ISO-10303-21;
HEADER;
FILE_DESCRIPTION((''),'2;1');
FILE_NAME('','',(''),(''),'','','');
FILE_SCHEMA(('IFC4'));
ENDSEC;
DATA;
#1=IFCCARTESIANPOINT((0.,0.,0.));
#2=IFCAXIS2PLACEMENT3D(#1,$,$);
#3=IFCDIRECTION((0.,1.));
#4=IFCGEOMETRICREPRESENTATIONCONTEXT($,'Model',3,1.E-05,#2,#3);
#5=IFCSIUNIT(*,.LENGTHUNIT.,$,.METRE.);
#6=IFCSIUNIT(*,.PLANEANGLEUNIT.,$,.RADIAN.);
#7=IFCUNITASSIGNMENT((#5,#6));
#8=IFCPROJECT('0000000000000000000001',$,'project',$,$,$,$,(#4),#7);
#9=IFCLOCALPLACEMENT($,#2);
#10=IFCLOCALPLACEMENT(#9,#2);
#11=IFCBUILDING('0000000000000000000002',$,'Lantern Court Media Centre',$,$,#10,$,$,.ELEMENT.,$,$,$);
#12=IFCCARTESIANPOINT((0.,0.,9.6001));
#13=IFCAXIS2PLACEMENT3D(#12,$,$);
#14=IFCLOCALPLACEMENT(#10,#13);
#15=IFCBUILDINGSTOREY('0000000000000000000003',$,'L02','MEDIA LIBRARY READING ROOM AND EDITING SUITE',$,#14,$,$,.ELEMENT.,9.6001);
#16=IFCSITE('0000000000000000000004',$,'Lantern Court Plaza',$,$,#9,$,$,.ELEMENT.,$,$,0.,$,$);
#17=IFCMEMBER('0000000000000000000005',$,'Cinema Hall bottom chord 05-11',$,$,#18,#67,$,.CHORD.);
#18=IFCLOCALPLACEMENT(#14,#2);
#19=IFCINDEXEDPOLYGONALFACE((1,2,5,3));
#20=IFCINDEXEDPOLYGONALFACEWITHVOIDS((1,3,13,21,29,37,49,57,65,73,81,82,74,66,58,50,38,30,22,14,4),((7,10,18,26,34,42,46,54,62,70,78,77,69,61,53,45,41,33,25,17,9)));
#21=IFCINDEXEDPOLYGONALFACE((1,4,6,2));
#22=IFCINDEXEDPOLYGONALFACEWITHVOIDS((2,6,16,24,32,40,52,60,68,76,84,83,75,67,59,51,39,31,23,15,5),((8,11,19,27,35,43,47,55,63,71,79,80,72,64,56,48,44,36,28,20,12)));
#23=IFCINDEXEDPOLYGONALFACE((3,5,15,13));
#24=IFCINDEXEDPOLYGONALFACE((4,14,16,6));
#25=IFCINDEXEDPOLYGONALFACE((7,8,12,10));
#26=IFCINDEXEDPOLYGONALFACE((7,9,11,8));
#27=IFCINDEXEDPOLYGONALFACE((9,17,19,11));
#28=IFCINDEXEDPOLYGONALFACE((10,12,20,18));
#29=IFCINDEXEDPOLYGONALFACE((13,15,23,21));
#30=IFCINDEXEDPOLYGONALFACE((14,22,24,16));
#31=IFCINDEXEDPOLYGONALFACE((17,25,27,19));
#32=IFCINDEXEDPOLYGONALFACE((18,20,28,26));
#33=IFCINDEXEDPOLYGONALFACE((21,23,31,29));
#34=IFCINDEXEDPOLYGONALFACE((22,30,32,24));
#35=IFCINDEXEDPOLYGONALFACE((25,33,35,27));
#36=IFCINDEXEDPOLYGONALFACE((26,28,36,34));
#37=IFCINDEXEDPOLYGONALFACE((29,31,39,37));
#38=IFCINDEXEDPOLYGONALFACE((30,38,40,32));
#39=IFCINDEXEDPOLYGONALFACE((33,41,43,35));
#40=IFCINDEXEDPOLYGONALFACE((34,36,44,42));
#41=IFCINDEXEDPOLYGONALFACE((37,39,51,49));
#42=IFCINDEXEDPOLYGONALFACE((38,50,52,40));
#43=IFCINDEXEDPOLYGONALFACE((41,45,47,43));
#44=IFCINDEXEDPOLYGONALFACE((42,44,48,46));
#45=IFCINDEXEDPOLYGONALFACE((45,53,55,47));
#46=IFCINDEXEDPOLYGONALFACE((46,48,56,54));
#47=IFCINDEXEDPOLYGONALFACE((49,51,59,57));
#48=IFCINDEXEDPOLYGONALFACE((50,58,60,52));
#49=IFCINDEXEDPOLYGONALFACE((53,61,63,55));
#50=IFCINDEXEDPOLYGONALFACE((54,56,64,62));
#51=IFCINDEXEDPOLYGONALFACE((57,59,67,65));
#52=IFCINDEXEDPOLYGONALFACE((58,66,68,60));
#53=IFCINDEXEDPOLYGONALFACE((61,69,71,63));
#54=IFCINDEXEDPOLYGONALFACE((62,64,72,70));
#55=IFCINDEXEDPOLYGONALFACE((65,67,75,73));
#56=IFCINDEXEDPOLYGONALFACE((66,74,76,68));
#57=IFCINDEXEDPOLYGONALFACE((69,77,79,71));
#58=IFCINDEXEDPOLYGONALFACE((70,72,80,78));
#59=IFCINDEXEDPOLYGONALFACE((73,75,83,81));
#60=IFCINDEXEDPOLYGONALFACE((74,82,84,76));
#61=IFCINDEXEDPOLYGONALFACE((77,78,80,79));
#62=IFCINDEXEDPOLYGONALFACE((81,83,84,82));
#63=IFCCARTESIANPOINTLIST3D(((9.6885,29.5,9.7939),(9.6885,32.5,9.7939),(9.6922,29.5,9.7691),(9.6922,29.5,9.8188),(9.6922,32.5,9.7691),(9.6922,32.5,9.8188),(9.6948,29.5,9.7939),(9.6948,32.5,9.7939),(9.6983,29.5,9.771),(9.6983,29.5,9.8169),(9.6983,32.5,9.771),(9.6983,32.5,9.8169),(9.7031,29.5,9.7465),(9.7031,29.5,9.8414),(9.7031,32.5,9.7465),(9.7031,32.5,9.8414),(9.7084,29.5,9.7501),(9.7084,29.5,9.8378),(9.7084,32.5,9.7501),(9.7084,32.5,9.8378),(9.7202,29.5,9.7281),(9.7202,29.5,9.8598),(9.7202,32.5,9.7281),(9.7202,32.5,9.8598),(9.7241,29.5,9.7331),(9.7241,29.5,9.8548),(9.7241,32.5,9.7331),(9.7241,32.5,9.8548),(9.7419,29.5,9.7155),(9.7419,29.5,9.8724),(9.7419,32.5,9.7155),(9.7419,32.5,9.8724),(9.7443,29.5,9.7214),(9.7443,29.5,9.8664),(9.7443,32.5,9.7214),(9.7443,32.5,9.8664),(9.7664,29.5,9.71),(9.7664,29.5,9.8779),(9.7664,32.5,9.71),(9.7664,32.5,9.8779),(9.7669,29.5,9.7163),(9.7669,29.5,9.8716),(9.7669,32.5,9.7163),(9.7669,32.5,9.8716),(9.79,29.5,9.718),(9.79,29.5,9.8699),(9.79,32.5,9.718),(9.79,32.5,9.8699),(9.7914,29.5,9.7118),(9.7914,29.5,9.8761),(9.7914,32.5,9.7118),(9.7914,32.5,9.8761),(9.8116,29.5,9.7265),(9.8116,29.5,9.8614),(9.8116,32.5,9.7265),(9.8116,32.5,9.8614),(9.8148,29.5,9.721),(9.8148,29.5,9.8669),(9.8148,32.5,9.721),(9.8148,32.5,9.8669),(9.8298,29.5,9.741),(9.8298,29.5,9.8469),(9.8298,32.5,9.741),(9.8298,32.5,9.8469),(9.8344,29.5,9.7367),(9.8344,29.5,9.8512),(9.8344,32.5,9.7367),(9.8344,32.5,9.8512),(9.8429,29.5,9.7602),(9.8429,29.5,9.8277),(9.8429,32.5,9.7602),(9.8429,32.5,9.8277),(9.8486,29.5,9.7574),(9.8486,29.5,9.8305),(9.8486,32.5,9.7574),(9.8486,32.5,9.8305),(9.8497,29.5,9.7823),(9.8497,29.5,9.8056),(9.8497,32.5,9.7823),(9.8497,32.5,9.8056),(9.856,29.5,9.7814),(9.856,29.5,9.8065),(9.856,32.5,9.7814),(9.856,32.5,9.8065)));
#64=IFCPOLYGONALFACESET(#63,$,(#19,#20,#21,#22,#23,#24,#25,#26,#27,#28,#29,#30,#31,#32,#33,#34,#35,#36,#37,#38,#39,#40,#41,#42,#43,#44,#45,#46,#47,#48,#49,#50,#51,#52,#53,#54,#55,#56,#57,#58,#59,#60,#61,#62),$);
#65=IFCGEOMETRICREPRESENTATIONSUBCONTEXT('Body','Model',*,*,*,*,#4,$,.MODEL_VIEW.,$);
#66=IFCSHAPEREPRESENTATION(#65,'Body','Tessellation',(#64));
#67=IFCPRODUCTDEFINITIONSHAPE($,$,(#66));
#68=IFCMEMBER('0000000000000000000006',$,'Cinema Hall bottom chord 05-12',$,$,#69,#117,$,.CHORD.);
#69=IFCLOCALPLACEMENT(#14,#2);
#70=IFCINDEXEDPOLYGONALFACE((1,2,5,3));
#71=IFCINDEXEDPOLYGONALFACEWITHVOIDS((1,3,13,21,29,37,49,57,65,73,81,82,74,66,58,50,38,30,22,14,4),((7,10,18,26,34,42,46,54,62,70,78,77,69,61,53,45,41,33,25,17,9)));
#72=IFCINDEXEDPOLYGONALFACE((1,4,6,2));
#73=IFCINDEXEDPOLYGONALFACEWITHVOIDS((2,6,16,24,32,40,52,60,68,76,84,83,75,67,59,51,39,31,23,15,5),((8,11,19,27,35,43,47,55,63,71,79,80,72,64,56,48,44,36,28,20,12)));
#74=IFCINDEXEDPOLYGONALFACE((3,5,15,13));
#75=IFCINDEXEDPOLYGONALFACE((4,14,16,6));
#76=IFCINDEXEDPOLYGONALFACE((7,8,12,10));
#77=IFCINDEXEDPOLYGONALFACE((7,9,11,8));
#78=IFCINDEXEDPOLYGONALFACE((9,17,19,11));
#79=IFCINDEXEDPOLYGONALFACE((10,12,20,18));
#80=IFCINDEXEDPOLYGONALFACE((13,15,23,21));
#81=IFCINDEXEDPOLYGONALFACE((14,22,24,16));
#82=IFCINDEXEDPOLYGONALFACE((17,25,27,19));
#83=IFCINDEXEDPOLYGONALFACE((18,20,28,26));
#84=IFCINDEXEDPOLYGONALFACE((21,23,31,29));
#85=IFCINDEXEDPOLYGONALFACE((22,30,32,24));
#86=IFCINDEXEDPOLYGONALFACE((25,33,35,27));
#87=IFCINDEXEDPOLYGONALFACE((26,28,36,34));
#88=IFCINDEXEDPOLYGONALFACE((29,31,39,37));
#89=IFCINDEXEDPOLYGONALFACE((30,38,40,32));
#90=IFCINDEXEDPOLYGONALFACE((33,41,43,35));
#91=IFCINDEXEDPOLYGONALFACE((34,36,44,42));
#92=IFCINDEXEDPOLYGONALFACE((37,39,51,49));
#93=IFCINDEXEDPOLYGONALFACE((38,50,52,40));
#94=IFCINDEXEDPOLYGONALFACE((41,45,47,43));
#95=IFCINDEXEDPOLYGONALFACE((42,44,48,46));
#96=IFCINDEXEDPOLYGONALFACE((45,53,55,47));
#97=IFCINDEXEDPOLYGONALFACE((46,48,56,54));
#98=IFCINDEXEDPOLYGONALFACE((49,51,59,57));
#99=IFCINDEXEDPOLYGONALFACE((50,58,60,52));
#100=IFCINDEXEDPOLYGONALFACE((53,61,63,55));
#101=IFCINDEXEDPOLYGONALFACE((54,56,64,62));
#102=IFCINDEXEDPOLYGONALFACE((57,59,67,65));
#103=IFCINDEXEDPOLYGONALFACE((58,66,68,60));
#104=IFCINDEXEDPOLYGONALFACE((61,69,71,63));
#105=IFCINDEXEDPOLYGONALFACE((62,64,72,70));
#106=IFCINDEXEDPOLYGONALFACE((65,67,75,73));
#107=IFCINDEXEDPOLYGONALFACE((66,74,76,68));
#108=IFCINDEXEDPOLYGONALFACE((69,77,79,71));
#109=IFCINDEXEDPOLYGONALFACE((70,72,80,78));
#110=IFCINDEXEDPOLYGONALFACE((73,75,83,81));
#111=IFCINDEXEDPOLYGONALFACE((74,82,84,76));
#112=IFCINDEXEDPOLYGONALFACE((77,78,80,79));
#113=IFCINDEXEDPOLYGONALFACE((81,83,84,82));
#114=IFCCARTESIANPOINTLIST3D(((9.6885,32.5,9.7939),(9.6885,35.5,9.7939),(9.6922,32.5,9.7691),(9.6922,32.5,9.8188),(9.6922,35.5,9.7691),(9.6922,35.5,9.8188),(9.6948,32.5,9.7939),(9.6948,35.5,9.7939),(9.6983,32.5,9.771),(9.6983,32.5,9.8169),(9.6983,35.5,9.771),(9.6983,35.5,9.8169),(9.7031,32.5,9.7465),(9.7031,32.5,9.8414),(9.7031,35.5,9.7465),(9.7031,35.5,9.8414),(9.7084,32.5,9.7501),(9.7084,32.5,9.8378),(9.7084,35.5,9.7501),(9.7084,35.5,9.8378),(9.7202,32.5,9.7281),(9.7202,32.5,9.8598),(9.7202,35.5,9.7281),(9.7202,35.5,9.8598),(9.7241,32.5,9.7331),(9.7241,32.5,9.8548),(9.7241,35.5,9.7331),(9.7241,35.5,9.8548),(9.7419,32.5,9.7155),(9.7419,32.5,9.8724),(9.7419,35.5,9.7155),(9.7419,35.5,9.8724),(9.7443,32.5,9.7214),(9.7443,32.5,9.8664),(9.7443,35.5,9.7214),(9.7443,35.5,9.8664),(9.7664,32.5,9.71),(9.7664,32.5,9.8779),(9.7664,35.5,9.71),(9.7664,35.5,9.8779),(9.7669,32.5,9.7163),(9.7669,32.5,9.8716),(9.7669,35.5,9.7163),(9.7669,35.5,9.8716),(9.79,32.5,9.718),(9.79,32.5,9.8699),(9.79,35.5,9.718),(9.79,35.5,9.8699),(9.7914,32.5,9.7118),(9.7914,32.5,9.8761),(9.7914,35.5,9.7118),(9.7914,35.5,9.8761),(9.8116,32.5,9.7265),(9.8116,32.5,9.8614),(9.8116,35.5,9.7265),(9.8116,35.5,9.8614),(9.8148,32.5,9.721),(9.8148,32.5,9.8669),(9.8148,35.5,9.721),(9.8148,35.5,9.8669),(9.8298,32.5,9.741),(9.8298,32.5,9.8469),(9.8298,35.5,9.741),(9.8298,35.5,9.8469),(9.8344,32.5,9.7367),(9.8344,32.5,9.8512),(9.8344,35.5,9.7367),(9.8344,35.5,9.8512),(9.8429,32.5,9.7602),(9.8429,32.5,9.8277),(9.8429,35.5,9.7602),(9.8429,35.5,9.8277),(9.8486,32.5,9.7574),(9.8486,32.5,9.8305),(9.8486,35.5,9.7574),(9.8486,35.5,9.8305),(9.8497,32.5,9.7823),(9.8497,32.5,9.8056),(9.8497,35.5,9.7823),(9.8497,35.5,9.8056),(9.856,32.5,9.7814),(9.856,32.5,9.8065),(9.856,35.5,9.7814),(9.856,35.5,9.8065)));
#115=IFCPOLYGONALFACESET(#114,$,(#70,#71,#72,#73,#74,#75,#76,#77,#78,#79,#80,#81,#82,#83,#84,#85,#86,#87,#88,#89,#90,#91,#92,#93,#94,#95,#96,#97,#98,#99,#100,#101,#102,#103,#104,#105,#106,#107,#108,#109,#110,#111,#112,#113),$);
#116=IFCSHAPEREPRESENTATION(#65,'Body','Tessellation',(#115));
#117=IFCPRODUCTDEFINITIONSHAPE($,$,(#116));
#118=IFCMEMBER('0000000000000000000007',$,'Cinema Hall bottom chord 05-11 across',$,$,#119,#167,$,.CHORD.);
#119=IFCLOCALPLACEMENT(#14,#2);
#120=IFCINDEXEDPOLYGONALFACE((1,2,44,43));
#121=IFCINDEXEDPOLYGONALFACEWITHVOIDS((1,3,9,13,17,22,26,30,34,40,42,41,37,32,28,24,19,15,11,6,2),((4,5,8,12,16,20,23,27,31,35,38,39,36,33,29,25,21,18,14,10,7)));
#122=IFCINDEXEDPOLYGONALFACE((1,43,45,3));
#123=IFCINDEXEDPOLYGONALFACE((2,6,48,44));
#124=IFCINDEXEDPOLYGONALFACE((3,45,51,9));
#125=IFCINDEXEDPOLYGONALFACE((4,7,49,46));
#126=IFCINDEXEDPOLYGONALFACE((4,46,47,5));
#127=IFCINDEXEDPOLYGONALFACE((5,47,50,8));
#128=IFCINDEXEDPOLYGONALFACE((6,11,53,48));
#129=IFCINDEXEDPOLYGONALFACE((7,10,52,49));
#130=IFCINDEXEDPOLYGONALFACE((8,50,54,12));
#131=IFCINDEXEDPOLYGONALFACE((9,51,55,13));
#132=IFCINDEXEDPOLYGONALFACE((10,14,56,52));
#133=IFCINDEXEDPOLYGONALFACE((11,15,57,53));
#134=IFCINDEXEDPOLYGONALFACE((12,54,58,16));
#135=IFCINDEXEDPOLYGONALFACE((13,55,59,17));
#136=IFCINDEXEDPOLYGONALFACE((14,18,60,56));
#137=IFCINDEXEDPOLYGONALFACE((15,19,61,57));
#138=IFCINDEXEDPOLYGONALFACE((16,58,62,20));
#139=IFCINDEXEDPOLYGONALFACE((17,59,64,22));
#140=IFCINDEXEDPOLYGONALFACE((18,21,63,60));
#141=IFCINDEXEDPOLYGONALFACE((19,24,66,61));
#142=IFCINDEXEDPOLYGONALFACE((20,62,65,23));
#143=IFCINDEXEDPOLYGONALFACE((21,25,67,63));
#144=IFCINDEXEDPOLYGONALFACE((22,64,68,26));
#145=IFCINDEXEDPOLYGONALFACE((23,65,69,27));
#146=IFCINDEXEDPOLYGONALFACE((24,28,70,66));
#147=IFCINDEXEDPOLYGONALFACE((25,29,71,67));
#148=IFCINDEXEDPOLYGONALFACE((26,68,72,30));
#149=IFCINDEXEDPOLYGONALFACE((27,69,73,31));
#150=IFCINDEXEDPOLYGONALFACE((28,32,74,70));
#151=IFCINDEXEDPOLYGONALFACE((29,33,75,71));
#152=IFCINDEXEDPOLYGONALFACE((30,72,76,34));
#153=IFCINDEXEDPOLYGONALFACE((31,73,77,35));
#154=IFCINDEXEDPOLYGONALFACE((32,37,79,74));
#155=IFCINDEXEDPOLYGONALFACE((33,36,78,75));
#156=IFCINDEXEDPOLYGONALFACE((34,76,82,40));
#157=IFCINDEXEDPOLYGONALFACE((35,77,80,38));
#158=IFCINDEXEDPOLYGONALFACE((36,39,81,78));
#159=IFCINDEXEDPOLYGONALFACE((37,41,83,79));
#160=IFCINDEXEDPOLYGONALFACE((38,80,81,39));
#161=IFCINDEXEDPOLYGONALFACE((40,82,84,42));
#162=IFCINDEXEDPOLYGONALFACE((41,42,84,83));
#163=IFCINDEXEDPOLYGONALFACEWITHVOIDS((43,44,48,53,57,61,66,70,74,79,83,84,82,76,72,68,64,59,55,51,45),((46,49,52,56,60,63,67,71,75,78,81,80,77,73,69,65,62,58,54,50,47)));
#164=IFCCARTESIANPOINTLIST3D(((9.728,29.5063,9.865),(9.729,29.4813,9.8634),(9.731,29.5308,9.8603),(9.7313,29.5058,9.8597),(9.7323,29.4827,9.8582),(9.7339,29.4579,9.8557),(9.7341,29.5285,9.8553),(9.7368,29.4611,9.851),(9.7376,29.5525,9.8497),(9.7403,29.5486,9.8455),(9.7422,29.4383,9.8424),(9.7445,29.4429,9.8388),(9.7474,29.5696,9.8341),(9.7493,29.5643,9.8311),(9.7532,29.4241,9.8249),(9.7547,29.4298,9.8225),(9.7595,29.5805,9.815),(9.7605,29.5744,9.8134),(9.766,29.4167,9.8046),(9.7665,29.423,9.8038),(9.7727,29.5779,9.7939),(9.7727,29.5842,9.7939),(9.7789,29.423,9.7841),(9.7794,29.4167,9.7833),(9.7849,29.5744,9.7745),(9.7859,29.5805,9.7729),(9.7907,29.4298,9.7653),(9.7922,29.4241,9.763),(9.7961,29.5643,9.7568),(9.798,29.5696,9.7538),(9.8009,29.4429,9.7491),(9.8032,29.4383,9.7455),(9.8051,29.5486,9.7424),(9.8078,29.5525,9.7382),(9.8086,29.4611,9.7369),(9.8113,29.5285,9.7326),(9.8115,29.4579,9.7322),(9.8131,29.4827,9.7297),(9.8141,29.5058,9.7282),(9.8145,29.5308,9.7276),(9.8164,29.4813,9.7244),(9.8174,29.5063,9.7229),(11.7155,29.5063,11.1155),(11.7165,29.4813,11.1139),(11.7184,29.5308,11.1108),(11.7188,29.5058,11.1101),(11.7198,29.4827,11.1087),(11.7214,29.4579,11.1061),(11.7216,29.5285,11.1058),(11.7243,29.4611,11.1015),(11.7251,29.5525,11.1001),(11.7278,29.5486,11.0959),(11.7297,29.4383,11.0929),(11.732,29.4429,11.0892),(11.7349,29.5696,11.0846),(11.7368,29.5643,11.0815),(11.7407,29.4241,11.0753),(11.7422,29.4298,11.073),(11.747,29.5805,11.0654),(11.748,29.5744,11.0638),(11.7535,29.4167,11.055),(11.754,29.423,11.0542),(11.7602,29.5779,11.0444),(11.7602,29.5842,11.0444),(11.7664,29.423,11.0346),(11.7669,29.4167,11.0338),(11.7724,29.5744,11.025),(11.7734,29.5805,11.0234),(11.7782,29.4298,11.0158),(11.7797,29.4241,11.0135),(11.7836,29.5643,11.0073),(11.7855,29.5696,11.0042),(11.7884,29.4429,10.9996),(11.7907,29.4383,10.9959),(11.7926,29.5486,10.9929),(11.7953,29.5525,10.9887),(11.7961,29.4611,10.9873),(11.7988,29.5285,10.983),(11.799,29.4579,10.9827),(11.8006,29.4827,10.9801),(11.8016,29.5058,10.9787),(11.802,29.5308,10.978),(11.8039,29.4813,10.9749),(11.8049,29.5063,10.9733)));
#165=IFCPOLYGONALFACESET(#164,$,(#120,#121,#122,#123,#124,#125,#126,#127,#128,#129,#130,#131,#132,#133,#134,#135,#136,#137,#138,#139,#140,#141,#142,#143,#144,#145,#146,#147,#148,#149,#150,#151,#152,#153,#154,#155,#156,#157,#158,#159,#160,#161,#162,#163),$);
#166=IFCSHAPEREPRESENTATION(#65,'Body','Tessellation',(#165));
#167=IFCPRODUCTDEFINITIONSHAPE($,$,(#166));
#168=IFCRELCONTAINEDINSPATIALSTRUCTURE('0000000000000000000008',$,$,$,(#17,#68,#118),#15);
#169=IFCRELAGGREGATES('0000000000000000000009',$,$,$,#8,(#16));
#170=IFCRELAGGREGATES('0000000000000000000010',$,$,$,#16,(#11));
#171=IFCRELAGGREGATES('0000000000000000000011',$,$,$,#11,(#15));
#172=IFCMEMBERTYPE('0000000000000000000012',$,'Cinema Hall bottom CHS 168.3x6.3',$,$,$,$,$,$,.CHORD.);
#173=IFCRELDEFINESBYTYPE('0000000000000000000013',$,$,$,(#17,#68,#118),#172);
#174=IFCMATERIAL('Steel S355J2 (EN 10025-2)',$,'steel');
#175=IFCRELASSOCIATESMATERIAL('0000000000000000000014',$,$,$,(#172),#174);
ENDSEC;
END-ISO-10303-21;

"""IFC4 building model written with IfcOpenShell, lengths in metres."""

from ifc_helpers import new_model, si_unit, direction, frame, origin, origin_2d, place, context, subcontext, project, spatial, hollow_circle, extrude, material, material_profile, profile_set, type_object, element, save


model = new_model("IFC4")

# Units and contexts
model_context = context("Model", 3, precision=1e-05, world=origin(), true_north=direction((0.0, 1.0)))
body_context = subcontext(model_context, "Body", "Model", "MODEL_VIEW")
ifc_project = project(units=[si_unit("LENGTHUNIT", "METRE"), si_unit("PLANEANGLEUNIT", "RADIAN")], contexts=[model_context])

# Site, building, storey
site_placement = place(None, origin())
site = spatial("IfcSite", under=ifc_project, at=site_placement, Name="Lantern Court Plaza", CompositionType="ELEMENT", RefElevation=0.0)
building_placement = place(site_placement, origin())
building = spatial("IfcBuilding", under=site, at=building_placement, Name="Lantern Court Media Centre", CompositionType="ELEMENT")
storey_placement = place(building_placement, frame((0.0, 0.0, 9.6001)))
storey = spatial("IfcBuildingStorey", under=building, at=storey_placement, Name="L02", Description="MEDIA LIBRARY READING ROOM AND EDITING SUITE", CompositionType="ELEMENT", Elevation=9.6001)

# Members
ifc_material = material(Name="Steel S355J2 (EN 10025-2)", Category="steel")
ifc_material_profile_1 = material_profile(ifc_material, hollow_circle(Radius=0.0842, WallThickness=0.0063, at=origin_2d()), Name="Cinema Hall bottom CHS 168.3x6.3")
ifc_profile_set_1 = profile_set([ifc_material_profile_1], Name="Steel S355J2 (EN 10025-2)")
member_type_1 = type_object("IfcMemberType", Name="Cinema Hall bottom CHS 168.3x6.3", PredefinedType="CHORD", material=ifc_profile_set_1)
for number, where, z_axis, x_axis, name in (
    (1, (9.7727, 29.5, 9.7939), (0.0, 1.0, 0.0), (-1.0, 0.0, 0.0), "Cinema Hall bottom chord 05-11"),
    (2, (9.7727, 32.5, 9.7939), (0.0, 1.0, 0.0), (-1.0, 0.0, 0.0), "Cinema Hall bottom chord 05-12"),
):
    element("IfcMember", number, at=place(storey_placement, frame(where, z_axis=z_axis, x_axis=x_axis)), inside=storey, type_object=member_type_1, Name=name, PredefinedType="CHORD", context=body_context, shape_type="SweptSolid", body=[
        extrude(hollow_circle(Radius=0.0842, WallThickness=0.0063, at=origin_2d()), origin(), (0.0, 0.0, 1.0), 3.0),
    ])
for number, where, z_axis, x_axis, name in (
    (3, (9.7727, 29.5, 9.7939), (0.846412, 0.0, 0.532529), (0.0, 1.0, 0.0), "Cinema Hall bottom chord 05-11 across"),
):
    element("IfcMember", number, at=place(storey_placement, frame(where, z_axis=z_axis, x_axis=x_axis)), inside=storey, type_object=member_type_1, Name=name, PredefinedType="CHORD", context=body_context, shape_type="SweptSolid", body=[
        extrude(hollow_circle(Radius=0.0842, WallThickness=0.0063, at=origin_2d()), origin(), (0.0, 0.0, 1.0), 2.3481),
    ])

save(model, "model.ifc")
